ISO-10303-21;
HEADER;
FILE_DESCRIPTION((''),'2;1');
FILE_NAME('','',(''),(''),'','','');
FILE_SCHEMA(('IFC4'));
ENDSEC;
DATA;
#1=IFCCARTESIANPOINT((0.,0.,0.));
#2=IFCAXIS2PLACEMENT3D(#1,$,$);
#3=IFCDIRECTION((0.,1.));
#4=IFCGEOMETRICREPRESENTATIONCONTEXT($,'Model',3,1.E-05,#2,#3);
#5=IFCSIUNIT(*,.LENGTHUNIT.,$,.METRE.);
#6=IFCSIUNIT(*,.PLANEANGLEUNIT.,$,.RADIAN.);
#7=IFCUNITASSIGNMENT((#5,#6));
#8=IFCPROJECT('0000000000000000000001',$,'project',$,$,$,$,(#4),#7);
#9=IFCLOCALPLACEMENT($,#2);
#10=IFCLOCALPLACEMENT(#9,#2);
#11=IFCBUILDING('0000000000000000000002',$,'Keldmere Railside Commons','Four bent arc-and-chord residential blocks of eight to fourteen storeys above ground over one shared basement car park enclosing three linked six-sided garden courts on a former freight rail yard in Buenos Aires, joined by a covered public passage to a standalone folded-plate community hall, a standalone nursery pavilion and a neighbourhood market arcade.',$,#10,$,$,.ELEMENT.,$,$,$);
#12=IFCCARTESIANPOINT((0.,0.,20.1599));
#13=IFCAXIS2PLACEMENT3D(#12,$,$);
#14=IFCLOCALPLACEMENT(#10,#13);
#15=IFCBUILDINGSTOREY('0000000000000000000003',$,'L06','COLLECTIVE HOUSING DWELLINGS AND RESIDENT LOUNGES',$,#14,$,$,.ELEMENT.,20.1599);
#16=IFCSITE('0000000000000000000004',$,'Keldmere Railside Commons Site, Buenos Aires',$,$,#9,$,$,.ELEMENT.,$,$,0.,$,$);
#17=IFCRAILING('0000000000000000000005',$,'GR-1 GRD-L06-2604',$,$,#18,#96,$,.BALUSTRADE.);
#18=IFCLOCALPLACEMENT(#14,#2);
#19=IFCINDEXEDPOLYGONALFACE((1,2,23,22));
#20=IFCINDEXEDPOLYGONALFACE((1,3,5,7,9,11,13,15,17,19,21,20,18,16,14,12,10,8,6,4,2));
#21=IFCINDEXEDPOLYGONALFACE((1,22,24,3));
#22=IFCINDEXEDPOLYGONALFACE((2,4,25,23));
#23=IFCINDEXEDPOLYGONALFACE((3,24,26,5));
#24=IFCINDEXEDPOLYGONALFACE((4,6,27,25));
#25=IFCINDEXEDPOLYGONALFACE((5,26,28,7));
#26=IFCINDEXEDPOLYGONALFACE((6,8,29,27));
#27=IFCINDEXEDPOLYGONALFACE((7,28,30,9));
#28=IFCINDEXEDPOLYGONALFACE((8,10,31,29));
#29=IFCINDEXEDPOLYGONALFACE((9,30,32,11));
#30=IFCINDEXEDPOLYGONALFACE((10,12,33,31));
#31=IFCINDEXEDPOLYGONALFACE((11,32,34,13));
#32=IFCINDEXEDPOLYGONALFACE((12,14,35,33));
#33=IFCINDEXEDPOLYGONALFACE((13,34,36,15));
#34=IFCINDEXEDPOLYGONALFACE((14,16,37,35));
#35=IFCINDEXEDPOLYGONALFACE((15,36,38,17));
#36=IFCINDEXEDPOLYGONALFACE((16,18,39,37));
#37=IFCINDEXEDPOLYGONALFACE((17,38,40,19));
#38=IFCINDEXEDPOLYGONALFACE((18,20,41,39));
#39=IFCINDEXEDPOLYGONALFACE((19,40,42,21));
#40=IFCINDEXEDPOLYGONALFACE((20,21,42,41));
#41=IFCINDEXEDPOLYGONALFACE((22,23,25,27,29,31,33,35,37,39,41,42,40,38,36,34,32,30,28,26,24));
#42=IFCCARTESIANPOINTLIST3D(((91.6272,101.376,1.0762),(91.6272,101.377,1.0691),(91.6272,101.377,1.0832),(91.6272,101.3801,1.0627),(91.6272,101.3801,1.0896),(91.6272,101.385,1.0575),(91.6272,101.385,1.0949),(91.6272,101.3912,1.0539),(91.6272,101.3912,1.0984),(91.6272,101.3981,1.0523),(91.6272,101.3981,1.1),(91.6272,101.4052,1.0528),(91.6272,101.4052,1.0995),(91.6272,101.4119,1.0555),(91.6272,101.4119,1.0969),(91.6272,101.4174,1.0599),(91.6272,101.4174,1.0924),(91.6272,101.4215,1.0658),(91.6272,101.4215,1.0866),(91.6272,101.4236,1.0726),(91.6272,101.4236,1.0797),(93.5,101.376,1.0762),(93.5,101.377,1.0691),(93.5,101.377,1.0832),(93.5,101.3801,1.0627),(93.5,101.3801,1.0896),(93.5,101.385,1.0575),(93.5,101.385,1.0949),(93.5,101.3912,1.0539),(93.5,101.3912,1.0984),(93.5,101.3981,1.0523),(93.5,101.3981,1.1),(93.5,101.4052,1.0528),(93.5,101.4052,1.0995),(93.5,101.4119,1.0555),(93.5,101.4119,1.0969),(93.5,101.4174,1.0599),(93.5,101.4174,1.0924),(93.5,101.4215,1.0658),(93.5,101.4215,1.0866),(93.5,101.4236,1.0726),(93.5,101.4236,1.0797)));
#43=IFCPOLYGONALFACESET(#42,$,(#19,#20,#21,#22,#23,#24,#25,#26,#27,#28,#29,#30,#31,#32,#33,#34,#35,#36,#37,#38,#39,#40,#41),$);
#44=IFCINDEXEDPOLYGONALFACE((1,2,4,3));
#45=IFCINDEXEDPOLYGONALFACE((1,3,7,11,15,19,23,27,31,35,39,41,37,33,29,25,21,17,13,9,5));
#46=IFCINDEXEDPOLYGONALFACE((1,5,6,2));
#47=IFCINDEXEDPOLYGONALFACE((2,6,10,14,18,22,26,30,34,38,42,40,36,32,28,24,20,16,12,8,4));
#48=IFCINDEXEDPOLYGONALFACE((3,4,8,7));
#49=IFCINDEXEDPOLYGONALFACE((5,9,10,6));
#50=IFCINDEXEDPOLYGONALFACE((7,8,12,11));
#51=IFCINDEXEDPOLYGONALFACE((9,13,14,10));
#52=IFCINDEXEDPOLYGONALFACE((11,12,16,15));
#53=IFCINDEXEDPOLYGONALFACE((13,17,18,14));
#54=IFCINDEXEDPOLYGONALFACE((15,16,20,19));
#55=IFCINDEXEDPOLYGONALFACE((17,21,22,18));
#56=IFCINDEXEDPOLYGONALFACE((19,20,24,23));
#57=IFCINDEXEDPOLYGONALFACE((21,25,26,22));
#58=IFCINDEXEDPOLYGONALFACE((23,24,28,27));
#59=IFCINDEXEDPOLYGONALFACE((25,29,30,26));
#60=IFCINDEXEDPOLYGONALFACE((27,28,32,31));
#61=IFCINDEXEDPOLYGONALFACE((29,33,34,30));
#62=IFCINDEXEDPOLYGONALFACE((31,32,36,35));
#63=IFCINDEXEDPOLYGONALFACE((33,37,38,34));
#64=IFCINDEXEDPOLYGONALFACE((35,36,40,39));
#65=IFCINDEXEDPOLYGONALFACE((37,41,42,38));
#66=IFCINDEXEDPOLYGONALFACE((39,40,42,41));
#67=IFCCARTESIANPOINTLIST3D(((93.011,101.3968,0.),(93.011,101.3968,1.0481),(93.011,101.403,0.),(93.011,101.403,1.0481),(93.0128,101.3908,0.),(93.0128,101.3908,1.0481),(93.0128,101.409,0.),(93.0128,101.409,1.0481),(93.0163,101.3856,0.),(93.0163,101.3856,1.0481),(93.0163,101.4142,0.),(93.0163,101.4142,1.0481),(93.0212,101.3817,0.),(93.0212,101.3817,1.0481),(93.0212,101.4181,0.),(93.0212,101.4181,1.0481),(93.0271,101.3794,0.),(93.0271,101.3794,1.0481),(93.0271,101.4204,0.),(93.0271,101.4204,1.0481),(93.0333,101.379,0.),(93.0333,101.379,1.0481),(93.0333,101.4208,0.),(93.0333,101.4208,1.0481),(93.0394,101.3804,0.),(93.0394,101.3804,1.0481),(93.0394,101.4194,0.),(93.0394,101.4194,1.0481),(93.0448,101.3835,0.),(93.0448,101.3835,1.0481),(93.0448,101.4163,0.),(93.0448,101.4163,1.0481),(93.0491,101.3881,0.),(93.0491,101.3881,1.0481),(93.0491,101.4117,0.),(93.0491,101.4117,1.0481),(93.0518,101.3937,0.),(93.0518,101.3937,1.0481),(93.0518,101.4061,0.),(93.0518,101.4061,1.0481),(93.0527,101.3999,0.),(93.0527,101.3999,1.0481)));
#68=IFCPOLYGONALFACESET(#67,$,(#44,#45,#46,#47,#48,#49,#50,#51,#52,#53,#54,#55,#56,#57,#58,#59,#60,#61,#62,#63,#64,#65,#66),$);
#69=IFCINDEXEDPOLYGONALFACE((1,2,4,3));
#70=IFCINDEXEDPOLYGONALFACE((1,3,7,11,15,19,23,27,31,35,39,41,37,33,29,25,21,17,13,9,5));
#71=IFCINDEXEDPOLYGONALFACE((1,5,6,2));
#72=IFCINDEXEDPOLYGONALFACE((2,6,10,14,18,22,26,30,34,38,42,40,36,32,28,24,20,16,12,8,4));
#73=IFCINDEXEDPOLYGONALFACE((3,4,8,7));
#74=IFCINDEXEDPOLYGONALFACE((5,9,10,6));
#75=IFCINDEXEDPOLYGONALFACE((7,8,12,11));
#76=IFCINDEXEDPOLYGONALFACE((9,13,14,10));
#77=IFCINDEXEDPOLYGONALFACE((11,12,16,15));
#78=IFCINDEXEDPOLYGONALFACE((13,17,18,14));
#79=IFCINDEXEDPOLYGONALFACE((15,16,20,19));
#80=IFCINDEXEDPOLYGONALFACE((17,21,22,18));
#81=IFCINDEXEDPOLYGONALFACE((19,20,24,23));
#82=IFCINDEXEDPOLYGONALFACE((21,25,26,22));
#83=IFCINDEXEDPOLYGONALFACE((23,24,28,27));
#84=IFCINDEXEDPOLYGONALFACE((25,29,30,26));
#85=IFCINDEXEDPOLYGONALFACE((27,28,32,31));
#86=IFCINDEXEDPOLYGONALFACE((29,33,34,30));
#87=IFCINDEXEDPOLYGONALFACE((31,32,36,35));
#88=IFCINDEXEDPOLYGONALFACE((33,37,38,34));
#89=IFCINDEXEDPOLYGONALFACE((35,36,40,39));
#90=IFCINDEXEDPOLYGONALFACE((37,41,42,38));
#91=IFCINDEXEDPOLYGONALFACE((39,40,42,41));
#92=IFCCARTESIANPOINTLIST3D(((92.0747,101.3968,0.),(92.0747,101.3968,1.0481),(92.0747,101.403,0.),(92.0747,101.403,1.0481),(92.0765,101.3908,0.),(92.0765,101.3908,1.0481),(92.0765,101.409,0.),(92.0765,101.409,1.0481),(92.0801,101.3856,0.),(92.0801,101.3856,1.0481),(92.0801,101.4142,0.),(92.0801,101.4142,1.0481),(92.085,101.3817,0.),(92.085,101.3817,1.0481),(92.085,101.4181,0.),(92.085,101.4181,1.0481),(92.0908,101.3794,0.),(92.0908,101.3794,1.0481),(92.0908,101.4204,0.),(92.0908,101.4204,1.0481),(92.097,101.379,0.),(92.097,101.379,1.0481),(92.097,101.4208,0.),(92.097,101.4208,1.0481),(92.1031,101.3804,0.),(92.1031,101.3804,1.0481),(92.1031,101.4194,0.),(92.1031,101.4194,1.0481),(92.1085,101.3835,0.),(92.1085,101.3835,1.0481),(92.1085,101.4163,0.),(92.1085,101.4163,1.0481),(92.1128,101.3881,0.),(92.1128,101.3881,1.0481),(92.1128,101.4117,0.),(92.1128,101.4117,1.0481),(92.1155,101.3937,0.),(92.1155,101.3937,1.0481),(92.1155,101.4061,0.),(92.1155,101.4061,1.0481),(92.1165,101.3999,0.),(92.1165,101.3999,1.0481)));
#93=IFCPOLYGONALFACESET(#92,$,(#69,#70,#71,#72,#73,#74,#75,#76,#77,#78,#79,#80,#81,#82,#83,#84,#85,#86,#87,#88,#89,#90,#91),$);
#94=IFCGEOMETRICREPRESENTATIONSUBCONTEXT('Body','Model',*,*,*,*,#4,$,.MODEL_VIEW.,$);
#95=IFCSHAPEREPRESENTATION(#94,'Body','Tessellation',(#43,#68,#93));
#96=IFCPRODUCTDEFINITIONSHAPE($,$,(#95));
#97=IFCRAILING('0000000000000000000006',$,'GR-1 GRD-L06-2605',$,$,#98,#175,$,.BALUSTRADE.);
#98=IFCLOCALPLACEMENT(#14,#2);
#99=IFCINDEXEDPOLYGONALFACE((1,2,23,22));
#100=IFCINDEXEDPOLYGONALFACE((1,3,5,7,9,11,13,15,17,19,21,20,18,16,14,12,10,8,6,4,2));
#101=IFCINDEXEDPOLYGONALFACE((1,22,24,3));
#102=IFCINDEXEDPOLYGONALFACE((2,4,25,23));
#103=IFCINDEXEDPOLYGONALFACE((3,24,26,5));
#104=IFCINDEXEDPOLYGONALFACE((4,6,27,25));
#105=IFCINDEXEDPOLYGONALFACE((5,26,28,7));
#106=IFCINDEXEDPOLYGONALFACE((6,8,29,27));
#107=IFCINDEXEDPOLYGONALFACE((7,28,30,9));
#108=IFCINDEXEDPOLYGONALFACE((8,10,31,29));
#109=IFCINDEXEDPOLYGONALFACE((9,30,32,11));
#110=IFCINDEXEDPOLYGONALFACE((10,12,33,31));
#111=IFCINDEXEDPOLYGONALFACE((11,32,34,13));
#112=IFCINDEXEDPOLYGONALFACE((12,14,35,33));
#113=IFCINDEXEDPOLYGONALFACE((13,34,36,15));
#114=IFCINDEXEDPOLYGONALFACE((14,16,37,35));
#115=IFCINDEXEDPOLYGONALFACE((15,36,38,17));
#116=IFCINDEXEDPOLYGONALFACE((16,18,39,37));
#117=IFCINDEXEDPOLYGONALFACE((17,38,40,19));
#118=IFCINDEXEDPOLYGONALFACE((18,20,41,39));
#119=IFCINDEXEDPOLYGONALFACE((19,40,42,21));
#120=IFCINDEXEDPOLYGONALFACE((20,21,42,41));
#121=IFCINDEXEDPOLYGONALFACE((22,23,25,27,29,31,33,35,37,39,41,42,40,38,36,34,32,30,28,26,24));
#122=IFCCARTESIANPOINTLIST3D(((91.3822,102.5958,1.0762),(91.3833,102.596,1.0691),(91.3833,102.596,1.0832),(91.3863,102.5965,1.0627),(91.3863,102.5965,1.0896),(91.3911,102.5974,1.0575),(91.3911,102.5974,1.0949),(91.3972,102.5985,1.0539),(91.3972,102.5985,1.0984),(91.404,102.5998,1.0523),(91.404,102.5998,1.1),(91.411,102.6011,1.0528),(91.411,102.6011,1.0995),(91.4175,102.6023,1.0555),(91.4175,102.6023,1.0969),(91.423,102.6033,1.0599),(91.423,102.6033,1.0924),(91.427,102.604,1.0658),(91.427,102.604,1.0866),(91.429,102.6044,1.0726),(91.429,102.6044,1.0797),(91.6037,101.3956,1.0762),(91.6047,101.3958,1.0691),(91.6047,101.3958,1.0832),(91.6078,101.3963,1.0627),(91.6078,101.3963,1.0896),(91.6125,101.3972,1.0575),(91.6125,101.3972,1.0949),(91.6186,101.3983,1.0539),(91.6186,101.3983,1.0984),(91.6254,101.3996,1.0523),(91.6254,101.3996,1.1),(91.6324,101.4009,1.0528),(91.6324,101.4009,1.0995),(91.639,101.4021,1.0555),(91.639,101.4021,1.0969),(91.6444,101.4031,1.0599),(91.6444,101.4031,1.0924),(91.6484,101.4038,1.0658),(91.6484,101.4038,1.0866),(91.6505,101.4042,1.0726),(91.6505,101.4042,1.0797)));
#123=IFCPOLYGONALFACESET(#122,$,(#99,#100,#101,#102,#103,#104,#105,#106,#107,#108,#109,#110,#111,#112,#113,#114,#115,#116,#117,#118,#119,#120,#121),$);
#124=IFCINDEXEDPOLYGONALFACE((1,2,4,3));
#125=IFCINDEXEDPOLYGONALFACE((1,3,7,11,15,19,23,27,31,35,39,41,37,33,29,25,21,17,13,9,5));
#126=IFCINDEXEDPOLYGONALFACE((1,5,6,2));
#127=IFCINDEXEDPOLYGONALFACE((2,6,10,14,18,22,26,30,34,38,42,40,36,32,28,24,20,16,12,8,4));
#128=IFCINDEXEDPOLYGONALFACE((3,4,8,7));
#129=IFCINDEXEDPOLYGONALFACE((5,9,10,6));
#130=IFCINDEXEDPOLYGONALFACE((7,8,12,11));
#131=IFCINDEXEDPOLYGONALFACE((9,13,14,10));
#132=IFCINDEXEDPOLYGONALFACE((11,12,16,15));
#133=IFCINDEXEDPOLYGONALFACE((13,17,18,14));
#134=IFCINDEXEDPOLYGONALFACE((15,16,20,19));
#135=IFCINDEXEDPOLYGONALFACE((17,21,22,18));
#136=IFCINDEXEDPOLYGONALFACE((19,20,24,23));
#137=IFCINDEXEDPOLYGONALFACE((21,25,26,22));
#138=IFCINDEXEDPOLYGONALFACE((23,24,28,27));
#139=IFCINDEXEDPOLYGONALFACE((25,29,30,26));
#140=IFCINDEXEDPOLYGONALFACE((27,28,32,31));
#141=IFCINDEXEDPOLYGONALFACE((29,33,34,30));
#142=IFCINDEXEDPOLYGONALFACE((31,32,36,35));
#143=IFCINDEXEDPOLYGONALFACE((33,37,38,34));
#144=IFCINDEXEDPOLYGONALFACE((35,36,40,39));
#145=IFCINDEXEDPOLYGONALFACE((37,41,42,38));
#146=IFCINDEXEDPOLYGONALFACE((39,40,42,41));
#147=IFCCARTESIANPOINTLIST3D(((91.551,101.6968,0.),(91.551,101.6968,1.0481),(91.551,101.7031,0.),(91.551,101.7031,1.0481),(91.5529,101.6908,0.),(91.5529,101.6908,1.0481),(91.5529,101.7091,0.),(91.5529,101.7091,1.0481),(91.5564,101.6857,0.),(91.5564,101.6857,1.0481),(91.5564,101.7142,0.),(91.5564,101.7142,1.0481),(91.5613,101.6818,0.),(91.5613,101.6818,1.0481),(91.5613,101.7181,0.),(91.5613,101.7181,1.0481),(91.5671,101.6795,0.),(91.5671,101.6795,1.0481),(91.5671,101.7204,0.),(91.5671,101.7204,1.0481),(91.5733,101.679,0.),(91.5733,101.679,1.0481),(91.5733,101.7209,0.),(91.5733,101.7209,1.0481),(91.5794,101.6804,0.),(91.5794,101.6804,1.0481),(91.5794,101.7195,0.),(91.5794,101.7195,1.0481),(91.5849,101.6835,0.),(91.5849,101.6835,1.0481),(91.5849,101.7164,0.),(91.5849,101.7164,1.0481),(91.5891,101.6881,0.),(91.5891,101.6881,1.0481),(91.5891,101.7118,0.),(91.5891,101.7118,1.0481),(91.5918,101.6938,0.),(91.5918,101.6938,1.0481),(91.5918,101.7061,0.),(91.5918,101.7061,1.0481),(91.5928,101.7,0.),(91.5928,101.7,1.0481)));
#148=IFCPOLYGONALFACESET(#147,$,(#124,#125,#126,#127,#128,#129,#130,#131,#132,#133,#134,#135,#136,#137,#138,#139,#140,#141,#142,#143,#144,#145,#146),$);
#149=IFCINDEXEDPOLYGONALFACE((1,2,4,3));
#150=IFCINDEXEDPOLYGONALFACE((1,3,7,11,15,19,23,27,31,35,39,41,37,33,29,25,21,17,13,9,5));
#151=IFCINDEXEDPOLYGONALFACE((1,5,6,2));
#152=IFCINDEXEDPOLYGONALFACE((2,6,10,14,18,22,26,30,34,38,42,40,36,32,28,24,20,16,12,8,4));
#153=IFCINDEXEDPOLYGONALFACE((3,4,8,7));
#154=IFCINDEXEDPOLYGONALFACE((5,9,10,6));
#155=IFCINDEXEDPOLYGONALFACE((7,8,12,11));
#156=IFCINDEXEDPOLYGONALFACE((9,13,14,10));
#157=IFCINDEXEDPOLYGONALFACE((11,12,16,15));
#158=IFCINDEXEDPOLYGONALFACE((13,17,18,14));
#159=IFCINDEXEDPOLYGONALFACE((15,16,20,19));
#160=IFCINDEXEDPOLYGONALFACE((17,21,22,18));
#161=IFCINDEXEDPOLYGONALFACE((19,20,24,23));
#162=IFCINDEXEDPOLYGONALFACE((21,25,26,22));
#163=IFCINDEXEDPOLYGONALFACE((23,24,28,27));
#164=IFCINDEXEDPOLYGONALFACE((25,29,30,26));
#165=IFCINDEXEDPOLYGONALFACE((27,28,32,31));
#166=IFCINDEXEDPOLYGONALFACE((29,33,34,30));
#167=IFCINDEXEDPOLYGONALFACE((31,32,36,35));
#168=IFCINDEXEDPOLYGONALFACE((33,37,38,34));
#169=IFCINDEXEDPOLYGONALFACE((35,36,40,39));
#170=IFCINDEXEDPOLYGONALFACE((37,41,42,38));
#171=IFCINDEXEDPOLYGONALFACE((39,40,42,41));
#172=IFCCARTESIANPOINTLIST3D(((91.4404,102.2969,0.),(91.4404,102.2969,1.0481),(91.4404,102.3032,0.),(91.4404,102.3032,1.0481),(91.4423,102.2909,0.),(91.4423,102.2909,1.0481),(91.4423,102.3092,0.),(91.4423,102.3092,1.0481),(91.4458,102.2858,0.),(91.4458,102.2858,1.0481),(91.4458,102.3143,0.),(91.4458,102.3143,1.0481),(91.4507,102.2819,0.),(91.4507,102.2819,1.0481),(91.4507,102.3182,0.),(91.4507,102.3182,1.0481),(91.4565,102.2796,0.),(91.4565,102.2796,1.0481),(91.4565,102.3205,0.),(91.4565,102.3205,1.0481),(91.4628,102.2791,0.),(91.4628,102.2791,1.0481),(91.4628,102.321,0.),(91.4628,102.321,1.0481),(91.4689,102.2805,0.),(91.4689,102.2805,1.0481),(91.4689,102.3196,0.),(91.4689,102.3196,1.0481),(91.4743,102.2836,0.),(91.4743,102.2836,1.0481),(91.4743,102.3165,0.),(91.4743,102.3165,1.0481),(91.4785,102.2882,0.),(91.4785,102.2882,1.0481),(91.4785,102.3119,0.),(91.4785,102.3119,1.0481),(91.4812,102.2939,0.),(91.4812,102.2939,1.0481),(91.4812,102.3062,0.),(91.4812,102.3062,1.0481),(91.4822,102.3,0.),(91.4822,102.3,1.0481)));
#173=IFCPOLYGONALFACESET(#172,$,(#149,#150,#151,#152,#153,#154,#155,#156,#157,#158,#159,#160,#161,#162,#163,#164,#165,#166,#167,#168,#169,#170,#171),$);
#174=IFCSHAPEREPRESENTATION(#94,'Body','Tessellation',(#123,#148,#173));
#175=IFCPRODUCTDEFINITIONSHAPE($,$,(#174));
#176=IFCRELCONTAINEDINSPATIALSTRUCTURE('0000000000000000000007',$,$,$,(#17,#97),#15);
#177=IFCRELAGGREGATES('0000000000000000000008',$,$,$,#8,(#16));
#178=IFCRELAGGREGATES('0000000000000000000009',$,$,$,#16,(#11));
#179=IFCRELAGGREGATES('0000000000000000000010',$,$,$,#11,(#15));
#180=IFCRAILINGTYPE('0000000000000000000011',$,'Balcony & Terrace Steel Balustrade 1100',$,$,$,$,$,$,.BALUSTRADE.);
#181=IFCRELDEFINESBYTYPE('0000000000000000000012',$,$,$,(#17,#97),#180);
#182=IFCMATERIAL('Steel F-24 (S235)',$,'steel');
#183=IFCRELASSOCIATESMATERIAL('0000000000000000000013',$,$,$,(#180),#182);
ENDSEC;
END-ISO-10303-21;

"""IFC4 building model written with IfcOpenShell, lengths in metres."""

from ifc_helpers import new_model, si_unit, direction, frame, origin, origin_2d, place, context, subcontext, project, spatial, circle, extrude, material, type_object, element, save


model = new_model("IFC4")

# Units and contexts
model_context = context("Model", 3, precision=1e-05, world=origin(), true_north=direction((0.0, 1.0)))
body_context = subcontext(model_context, "Body", "Model", "MODEL_VIEW")
ifc_project = project(units=[si_unit("LENGTHUNIT", "METRE"), si_unit("PLANEANGLEUNIT", "RADIAN")], contexts=[model_context])

# Site, building, storey
site_placement = place(None, origin())
site = spatial("IfcSite", under=ifc_project, at=site_placement, Name="Keldmere Railside Commons Site, Buenos Aires", CompositionType="ELEMENT", RefElevation=0.0)
building_placement = place(site_placement, origin())
building = spatial("IfcBuilding", under=site, at=building_placement, Name="Keldmere Railside Commons", Description="Four bent arc-and-chord residential blocks of eight to fourteen storeys above ground over one shared basement car park enclosing three linked six-sided garden courts on a former freight rail yard in Buenos Aires, joined by a covered public passage to a standalone folded-plate community hall, a standalone nursery pavilion and a neighbourhood market arcade.", CompositionType="ELEMENT")
storey_placement = place(building_placement, frame((0.0, 0.0, 20.1599)))
storey = spatial("IfcBuildingStorey", under=building, at=storey_placement, Name="L06", Description="COLLECTIVE HOUSING DWELLINGS AND RESIDENT LOUNGES", CompositionType="ELEMENT", Elevation=20.1599)

# Railings
ifc_material_1 = material(Name="Steel F-24 (S235)", Category="steel")
railing_type = type_object("IfcRailingType", Name="Balcony & Terrace Steel Balustrade 1100", PredefinedType="BALUSTRADE", material=ifc_material_1)
railing_1_placement = place(storey_placement, frame((93.5, 101.3999, 0.0)))
element("IfcRailing", 1, at=railing_1_placement, inside=storey, type_object=railing_type, Name="GR-1 GRD-L06-2604", PredefinedType="BALUSTRADE", context=body_context, shape_type="SweptSolid", body=[
    extrude(circle(Radius=0.0239, at=origin_2d()), frame((0.0, 0.0, 1.0762), z_axis=(-1.0, 0.0, 0.0), x_axis=(0.0, -1.0, 0.0)), (0.0, 0.0, 1.0), 1.8728),
    extrude(circle(Radius=0.021, at=origin_2d()), frame((-0.4683, 0.0, 0.0)), (0.0, 0.0, 1.0), 1.0481),
    extrude(circle(Radius=0.021, at=origin_2d()), frame((-1.4045, 0.0, 0.0)), (0.0, 0.0, 1.0), 1.0481),
])
railing_2_placement = place(storey_placement, frame((91.6272, 101.3999, 0.0)))
element("IfcRailing", 2, at=railing_2_placement, inside=storey, type_object=railing_type, Name="GR-1 GRD-L06-2605", PredefinedType="BALUSTRADE", context=body_context, shape_type="SweptSolid", body=[
    extrude(circle(Radius=0.0239, at=origin_2d()), frame((0.0, 0.0, 1.0762), z_axis=(-0.181437, 0.983403, 0.0), x_axis=(-0.983403, -0.181437, 0.0)), (0.0, 0.0, 1.0), 1.2205),
    extrude(circle(Radius=0.021, at=origin_2d()), frame((-0.0554, 0.3, 0.0)), (0.0, 0.0, 1.0), 1.0481),
    extrude(circle(Radius=0.021, at=origin_2d()), frame((-0.166, 0.9001, 0.0)), (0.0, 0.0, 1.0), 1.0481),
])

save(model, "model.ifc")
